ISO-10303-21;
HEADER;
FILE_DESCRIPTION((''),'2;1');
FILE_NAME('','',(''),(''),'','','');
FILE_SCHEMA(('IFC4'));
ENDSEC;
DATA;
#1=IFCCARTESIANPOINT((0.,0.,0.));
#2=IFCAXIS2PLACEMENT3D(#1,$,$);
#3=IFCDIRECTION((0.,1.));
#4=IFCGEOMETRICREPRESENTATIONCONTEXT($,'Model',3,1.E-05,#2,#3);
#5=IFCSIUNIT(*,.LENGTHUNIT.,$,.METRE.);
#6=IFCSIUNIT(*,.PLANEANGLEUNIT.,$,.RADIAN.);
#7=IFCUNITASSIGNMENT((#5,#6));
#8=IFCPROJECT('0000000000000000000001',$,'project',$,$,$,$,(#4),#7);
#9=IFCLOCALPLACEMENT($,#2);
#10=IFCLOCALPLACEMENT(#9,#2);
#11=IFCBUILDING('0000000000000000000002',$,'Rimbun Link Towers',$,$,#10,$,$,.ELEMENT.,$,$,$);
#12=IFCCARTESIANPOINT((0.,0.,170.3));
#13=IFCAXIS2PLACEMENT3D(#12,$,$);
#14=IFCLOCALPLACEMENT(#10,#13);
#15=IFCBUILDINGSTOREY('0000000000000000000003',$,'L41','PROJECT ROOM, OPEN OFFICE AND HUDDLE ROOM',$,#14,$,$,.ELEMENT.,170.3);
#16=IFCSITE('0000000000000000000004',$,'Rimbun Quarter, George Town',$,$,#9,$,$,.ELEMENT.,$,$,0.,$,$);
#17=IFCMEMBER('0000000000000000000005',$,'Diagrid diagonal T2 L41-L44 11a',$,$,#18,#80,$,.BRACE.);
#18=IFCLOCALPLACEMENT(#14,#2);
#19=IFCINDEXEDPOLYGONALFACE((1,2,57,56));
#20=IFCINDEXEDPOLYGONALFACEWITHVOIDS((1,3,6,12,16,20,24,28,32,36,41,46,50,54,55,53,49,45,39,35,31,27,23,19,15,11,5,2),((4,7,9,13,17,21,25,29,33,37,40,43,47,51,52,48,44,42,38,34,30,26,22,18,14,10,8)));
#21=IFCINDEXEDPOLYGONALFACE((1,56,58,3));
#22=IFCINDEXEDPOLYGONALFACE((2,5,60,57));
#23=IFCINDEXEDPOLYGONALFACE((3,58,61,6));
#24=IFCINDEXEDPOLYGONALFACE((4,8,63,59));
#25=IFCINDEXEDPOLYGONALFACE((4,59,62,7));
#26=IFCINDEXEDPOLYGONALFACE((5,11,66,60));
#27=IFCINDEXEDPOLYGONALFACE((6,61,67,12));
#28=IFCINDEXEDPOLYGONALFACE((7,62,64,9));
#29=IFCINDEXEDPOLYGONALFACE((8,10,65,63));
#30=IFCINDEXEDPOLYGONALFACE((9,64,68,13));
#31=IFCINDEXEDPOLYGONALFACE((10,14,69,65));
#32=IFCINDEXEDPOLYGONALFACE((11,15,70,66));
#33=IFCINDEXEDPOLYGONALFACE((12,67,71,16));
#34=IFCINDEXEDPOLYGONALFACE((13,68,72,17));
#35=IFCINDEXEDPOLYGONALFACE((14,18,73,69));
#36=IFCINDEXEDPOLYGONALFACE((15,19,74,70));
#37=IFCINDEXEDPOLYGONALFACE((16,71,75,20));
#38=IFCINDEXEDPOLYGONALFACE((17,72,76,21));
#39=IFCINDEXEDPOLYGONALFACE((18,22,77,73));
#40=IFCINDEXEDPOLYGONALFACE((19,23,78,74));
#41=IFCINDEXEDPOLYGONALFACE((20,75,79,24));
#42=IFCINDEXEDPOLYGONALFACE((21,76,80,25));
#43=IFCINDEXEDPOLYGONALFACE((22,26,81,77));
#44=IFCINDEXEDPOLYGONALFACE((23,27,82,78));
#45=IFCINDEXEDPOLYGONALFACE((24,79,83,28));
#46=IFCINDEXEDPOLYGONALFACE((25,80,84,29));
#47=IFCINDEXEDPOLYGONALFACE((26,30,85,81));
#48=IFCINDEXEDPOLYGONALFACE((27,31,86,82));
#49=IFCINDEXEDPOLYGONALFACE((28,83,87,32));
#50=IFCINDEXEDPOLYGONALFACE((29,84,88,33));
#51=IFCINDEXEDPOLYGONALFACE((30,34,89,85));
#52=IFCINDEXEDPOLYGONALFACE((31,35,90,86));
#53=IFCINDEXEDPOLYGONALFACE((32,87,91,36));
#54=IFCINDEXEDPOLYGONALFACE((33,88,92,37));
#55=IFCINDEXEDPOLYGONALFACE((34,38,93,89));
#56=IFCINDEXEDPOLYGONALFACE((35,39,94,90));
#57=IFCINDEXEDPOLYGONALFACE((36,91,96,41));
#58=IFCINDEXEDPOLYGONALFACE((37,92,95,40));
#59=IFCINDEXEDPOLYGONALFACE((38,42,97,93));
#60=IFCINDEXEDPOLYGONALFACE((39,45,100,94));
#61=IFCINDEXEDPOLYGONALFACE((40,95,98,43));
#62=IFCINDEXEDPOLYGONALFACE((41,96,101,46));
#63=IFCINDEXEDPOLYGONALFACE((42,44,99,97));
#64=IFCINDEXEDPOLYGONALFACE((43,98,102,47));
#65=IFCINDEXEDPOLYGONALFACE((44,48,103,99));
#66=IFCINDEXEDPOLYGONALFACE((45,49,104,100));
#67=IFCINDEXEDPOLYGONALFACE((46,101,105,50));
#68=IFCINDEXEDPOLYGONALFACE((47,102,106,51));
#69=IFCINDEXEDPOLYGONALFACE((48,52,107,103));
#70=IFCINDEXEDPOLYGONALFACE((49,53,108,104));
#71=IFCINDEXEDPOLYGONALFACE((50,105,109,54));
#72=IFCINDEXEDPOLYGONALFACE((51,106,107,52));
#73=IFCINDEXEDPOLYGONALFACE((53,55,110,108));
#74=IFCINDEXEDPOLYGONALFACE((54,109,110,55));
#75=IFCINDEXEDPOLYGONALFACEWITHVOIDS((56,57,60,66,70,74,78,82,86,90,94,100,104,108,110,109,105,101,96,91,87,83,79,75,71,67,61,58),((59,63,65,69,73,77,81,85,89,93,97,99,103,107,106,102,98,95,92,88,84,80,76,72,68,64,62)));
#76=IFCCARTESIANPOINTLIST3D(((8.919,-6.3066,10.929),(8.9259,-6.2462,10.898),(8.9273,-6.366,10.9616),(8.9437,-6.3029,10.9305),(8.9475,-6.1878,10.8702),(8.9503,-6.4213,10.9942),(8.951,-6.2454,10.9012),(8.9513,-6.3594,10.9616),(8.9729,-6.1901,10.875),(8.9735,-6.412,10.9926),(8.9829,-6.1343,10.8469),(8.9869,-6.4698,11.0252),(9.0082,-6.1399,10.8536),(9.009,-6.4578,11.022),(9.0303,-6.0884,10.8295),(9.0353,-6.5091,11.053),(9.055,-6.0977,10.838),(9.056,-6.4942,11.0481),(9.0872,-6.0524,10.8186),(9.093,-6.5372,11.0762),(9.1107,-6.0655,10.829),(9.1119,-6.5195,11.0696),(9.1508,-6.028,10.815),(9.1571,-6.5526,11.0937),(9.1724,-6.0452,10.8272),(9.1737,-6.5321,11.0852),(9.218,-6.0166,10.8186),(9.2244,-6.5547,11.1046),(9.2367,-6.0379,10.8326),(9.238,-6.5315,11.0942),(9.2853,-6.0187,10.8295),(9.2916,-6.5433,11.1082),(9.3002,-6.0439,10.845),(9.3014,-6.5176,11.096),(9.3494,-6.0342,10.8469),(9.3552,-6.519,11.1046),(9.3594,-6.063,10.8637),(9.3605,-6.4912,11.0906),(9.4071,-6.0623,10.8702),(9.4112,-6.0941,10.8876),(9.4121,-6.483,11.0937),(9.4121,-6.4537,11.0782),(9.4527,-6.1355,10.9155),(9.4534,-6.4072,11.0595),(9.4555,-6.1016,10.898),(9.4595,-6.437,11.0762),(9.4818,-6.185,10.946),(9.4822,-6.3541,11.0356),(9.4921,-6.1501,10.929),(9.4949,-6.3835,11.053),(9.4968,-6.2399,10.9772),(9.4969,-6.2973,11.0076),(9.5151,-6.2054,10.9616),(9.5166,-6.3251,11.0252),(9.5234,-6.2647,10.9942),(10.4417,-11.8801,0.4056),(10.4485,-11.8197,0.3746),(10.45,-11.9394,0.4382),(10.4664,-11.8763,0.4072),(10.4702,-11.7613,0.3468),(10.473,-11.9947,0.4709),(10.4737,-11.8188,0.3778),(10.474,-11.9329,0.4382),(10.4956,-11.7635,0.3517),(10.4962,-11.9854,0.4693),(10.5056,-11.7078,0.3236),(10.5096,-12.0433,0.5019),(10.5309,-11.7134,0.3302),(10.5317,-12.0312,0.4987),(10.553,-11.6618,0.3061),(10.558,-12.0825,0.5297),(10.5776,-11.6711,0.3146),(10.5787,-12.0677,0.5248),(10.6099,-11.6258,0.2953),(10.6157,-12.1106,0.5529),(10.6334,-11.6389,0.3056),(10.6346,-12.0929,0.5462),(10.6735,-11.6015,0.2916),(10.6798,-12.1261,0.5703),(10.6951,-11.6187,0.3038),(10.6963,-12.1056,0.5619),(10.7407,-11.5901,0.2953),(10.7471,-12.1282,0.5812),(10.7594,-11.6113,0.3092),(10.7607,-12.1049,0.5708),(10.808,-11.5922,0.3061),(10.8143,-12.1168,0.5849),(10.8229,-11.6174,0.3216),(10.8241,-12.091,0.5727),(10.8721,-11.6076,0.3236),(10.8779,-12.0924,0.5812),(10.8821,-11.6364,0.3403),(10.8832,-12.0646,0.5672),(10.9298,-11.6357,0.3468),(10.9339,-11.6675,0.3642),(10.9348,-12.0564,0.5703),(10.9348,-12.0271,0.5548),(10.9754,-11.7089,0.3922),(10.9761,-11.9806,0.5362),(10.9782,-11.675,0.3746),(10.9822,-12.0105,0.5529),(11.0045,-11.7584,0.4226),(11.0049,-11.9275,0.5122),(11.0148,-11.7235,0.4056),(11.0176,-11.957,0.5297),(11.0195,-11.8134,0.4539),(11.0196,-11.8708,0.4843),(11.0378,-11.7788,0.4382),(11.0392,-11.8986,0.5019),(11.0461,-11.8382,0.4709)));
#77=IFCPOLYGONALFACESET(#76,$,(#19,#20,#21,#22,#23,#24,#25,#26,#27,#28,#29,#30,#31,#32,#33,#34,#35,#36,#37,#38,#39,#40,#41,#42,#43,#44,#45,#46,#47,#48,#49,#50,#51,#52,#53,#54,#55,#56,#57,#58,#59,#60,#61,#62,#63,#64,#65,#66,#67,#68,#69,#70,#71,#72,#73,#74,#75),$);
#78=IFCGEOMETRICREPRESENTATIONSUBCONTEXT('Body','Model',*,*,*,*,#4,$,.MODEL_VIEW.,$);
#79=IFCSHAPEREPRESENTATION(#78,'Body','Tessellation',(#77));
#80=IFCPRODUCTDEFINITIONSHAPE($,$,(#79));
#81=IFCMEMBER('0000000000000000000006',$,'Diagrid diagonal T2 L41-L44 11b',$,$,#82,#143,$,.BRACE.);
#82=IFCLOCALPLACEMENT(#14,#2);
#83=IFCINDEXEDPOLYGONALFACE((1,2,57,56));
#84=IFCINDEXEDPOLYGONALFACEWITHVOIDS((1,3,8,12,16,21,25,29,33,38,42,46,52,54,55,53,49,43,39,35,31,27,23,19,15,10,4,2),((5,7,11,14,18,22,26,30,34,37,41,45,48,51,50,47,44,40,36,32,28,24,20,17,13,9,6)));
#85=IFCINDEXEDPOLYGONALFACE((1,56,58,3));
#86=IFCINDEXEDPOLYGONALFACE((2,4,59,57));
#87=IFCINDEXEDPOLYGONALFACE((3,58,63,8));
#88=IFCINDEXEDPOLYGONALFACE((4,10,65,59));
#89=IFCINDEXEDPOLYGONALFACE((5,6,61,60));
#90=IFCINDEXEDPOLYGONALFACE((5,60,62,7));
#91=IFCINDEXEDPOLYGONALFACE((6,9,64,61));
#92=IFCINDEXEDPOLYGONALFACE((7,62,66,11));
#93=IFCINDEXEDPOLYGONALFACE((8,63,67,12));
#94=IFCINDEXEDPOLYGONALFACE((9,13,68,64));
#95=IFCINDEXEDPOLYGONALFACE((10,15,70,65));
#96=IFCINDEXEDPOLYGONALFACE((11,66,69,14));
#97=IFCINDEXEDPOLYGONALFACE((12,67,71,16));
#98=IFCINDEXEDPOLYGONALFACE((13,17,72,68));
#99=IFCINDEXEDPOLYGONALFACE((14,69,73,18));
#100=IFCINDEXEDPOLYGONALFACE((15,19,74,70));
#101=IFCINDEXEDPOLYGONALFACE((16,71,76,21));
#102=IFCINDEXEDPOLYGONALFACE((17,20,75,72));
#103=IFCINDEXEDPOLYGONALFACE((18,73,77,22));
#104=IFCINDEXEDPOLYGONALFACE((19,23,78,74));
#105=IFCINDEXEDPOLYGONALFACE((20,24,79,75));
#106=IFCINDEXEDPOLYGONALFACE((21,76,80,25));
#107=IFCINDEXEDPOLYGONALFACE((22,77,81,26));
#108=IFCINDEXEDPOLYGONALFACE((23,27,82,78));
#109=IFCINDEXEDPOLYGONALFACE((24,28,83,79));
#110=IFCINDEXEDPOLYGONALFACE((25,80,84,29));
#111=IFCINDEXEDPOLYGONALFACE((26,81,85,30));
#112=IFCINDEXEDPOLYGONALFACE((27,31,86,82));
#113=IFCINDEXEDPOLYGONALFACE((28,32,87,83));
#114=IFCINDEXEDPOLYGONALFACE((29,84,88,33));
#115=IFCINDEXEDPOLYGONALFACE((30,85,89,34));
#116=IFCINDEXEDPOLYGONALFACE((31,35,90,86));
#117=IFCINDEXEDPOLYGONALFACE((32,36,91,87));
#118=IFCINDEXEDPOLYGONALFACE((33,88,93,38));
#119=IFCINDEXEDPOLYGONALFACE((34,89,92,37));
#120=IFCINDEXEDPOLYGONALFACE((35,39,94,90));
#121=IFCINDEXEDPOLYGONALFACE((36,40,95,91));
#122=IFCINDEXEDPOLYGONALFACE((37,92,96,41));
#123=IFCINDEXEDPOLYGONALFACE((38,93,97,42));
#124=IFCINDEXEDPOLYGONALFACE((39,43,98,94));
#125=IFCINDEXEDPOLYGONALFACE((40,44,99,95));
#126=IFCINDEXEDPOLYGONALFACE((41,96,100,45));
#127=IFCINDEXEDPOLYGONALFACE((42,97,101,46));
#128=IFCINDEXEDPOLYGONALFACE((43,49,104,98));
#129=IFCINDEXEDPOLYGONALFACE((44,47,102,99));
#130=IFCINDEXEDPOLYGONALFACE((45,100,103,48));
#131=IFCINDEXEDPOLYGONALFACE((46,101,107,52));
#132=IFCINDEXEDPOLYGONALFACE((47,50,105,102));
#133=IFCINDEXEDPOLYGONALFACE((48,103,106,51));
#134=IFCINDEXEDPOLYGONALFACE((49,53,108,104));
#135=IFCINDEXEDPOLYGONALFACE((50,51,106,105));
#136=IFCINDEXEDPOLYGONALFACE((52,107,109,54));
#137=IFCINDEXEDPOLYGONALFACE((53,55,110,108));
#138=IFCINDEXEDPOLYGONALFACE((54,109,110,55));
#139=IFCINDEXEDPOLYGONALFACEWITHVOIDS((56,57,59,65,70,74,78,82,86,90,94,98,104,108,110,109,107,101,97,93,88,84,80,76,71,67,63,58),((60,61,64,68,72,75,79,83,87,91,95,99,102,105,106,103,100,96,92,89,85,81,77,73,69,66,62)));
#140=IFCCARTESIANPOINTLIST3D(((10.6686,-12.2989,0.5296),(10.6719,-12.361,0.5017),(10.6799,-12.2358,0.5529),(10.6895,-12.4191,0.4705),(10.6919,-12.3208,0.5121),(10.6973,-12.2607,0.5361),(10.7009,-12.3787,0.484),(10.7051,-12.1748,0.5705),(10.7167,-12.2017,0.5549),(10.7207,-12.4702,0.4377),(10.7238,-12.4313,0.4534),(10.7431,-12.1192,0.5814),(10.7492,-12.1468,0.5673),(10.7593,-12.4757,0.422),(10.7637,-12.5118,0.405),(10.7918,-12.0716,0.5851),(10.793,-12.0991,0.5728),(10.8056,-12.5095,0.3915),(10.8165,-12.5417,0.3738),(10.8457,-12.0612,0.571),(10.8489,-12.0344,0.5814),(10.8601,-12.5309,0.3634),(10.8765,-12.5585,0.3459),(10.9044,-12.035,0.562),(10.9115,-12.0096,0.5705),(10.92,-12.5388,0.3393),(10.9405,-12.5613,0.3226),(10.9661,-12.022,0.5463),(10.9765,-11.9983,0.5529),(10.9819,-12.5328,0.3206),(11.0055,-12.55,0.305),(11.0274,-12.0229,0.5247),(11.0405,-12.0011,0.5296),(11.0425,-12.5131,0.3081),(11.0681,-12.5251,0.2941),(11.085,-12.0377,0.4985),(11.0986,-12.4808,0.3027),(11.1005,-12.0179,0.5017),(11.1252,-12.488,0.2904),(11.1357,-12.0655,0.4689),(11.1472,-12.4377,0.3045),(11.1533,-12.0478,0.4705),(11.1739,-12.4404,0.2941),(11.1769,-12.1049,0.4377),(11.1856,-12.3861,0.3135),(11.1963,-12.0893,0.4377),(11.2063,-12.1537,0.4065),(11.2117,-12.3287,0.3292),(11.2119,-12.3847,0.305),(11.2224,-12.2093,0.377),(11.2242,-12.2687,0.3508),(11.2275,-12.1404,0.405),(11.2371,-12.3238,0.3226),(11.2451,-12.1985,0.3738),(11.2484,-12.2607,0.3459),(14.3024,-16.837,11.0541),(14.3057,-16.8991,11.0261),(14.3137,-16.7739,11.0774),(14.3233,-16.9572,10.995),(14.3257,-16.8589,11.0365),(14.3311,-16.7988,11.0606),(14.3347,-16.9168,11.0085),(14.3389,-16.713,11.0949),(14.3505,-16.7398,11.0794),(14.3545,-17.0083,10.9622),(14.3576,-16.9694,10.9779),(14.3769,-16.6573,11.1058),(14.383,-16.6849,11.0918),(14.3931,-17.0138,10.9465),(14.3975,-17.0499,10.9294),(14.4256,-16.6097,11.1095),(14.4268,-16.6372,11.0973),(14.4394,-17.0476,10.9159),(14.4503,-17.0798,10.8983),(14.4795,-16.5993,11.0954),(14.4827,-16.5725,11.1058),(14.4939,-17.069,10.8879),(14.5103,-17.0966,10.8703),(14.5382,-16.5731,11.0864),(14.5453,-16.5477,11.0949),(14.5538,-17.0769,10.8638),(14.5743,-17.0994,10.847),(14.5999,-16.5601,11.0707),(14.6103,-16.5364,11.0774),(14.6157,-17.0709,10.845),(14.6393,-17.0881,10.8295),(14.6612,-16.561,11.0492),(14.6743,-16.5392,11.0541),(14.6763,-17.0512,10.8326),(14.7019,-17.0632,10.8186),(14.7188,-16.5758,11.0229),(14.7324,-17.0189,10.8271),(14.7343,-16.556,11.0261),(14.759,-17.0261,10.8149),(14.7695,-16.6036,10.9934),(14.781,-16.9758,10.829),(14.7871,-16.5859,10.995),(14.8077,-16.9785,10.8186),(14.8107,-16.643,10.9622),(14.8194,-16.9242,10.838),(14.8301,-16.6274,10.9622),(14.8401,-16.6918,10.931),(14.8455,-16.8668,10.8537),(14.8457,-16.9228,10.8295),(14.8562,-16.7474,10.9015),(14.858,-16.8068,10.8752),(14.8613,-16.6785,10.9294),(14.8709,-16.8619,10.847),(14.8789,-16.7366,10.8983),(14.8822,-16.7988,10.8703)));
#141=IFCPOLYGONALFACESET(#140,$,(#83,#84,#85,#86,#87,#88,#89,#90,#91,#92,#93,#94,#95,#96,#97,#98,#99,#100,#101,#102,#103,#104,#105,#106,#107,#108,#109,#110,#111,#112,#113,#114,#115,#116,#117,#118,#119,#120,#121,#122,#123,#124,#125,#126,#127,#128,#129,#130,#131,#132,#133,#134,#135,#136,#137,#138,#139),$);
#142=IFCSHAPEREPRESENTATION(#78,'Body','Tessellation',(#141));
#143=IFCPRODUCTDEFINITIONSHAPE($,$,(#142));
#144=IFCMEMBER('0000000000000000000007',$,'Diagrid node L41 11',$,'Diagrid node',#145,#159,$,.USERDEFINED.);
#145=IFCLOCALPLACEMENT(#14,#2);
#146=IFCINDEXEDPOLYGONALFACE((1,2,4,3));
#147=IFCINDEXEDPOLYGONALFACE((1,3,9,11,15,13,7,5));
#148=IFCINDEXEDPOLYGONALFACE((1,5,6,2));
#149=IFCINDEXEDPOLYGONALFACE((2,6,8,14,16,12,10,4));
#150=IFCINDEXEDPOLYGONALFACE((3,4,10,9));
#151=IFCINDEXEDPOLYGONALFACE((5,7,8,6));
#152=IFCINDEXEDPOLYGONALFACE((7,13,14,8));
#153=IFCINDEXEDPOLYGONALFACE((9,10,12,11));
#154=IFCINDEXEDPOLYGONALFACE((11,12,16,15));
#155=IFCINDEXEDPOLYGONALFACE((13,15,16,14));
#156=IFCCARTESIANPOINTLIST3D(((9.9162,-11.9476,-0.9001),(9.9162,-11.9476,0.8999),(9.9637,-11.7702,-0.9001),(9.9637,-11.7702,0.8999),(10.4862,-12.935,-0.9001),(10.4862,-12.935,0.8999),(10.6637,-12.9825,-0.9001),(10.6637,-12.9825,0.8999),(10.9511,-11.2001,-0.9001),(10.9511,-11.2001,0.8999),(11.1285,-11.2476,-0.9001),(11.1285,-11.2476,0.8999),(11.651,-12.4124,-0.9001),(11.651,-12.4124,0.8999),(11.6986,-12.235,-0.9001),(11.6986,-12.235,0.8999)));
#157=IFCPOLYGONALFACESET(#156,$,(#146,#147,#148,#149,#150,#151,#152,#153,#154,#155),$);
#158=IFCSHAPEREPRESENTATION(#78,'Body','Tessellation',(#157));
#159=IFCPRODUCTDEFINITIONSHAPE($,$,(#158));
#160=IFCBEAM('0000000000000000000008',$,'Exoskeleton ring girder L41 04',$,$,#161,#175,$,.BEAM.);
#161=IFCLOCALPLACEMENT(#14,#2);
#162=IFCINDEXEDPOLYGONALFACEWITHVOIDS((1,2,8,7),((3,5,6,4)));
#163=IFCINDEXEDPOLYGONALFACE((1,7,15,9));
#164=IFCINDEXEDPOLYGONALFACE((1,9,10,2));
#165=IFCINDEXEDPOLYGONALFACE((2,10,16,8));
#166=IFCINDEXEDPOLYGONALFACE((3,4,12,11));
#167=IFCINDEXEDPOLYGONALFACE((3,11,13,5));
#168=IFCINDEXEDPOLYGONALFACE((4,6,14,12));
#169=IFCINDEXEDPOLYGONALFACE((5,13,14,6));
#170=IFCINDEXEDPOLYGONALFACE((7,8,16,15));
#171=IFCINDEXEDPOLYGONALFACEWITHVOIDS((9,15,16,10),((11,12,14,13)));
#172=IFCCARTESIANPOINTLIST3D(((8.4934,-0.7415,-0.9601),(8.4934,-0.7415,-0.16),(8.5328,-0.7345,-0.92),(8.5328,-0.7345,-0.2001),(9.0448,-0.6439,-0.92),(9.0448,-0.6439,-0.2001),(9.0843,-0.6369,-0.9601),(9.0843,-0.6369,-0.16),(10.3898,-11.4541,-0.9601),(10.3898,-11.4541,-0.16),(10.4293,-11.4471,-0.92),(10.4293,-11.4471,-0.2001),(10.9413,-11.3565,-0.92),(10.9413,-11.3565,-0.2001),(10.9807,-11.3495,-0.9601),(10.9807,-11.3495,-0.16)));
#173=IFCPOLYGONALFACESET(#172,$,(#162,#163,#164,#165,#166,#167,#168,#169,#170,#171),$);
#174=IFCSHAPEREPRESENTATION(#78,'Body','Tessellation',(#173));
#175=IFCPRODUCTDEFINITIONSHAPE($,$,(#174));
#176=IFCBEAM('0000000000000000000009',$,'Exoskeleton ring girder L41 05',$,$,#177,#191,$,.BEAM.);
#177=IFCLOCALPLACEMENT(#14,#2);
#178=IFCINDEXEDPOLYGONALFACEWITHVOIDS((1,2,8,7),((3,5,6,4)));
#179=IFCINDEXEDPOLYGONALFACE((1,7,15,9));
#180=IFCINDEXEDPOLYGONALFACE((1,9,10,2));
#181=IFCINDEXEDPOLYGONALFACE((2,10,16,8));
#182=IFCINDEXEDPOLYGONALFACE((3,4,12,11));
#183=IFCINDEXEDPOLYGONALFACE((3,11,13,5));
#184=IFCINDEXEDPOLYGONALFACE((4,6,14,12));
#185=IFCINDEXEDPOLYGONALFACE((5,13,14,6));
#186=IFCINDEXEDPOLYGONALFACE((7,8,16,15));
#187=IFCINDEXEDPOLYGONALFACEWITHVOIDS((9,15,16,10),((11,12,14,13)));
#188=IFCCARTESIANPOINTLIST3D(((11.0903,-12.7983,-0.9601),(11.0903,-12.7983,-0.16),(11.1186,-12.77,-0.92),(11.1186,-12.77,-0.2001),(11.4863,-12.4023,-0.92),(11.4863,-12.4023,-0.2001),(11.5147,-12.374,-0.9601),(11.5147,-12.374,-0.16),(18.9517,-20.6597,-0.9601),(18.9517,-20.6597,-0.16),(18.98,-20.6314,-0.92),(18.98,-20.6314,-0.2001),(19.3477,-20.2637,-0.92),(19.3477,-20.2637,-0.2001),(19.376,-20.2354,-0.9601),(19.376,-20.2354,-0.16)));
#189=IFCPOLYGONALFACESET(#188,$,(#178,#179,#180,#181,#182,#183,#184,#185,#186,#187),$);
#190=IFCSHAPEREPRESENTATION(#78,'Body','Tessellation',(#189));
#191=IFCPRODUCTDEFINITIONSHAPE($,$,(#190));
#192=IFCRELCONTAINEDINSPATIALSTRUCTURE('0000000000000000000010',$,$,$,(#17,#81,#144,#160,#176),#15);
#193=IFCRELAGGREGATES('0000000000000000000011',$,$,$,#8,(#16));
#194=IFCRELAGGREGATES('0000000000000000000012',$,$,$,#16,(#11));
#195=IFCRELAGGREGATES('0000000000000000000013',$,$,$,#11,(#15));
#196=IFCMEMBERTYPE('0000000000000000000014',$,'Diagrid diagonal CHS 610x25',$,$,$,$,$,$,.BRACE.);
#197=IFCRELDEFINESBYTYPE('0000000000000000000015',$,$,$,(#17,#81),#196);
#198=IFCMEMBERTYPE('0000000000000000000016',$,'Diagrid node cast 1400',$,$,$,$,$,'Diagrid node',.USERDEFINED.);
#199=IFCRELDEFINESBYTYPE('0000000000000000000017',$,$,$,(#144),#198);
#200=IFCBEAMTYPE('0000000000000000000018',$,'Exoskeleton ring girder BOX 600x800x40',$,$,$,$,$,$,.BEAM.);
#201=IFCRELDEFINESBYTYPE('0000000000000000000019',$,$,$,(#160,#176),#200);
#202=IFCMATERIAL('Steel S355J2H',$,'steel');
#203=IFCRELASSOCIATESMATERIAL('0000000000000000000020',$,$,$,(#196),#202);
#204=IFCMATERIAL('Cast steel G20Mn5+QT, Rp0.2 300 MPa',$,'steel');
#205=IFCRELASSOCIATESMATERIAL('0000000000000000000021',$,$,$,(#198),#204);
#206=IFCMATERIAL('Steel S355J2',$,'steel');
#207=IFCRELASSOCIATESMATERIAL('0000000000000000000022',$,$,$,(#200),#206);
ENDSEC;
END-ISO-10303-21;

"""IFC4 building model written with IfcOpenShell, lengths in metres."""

from ifc_helpers import new_model, si_unit, direction, frame, origin, origin_2d, place, context, subcontext, project, spatial, polyline, hollow_rectangle, hollow_circle, outline, extrude, material, material_profile, profile_set, type_object, element, save


model = new_model("IFC4")

# Units and contexts
model_context = context("Model", 3, precision=1e-05, world=origin(), true_north=direction((0.0, 1.0)))
body_context = subcontext(model_context, "Body", "Model", "MODEL_VIEW")
ifc_project = project(units=[si_unit("LENGTHUNIT", "METRE"), si_unit("PLANEANGLEUNIT", "RADIAN")], contexts=[model_context])

# Site, building, storey
site_placement = place(None, origin())
site = spatial("IfcSite", under=ifc_project, at=site_placement, Name="Rimbun Quarter, George Town", CompositionType="ELEMENT", RefElevation=0.0)
building_placement = place(site_placement, origin())
building = spatial("IfcBuilding", under=site, at=building_placement, Name="Rimbun Link Towers", CompositionType="ELEMENT")
storey_placement = place(building_placement, frame((0.0, 0.0, 170.3)))
storey = spatial("IfcBuildingStorey", under=building, at=storey_placement, Name="L41", Description="PROJECT ROOM, OPEN OFFICE AND HUDDLE ROOM", CompositionType="ELEMENT", Elevation=170.3)

# Members
ifc_material_1 = material(Name="Steel S355J2H", Category="steel")
ifc_material_profile_1 = material_profile(ifc_material_1, hollow_circle(Radius=0.3047, WallThickness=0.0249, at=origin_2d()), Name="Diagrid diagonal CHS 610x25")
ifc_profile_set_1 = profile_set([ifc_material_profile_1], Name="Steel S355J2H")
member_type_1 = type_object("IfcMemberType", Name="Diagrid diagonal CHS 610x25", PredefinedType="BRACE", material=ifc_profile_set_1)
member_1_placement = place(storey_placement, frame((10.7439, -11.8591, 0.4382), z_axis=(-0.126837, 0.464256, 0.876572), x_axis=(-0.964647, -0.263546, 0.0)))
element("IfcMember", 1, at=member_1_placement, inside=storey, type_object=member_type_1, Name="Diagrid diagonal T2 L41-L44 11a", PredefinedType="BRACE", context=body_context, shape_type="SweptSolid", body=[
    extrude(hollow_circle(Radius=0.3047, WallThickness=0.0249, at=origin_2d()), origin(), (0.0, 0.0, 1.0), 12.0051),
])
member_2_placement = place(storey_placement, frame((10.9585, -12.2798, 0.4377), z_axis=(0.302227, -0.377438, 0.875328), x_axis=(0.78059, 0.625043, 0.0)))
element("IfcMember", 2, at=member_2_placement, inside=storey, type_object=member_type_1, Name="Diagrid diagonal T2 L41-L44 11b", PredefinedType="BRACE", context=body_context, shape_type="SweptSolid", body=[
    extrude(hollow_circle(Radius=0.3047, WallThickness=0.0249, at=origin_2d()), origin(), (0.0, 0.0, 1.0), 12.0234),
])
ifc_material_2 = material(Name="Cast steel G20Mn5+QT, Rp0.2 300 MPa", Category="steel")
ifc_material_profile_2 = material_profile(ifc_material_2, outline(polyline([(0.7, -0.5701), (0.7, 0.5701), (0.5701, 0.7), (-0.5701, 0.7), (-0.7, 0.5701), (-0.7, -0.5701), (-0.5701, -0.7), (0.5701, -0.7), (0.7, -0.5701)])), Name="NODE 1400x1400")
ifc_profile_set_2 = profile_set([ifc_material_profile_2], Name="Cast steel G20Mn5+QT, Rp0.2 300 MPa")
member_type_2 = type_object("IfcMemberType", Name="Diagrid node cast 1400", ElementType="Diagrid node", PredefinedType="USERDEFINED", material=ifc_profile_set_2)
member_3_placement = place(storey_placement, frame((10.8074, -12.0913, -0.9001), z_axis=(0.0, 0.0, 1.0), x_axis=(-0.866025, -0.5, 0.0)))
element("IfcMember", 3, at=member_3_placement, inside=storey, type_object=member_type_2, Name="Diagrid node L41 11", ObjectType="Diagrid node", PredefinedType="USERDEFINED", context=body_context, shape_type="SweptSolid", body=[
    extrude(outline(polyline([(0.7, -0.5701), (0.7, 0.5701), (0.5701, 0.7), (-0.5701, 0.7), (-0.7, 0.5701), (-0.7, -0.5701), (-0.5701, -0.7), (0.5701, -0.7), (0.7, -0.5701)])), origin(), (0.0, 0.0, 1.0), 1.8),
])

# Beams
ifc_material_3 = material(Name="Steel S355J2", Category="steel")
ifc_material_profile_3 = material_profile(ifc_material_3, hollow_rectangle(XDim=0.6001, YDim=0.8, WallThickness=0.04, at=origin_2d()), Name="Exoskeleton ring girder BOX 600x800x40")
ifc_profile_set_3 = profile_set([ifc_material_profile_3], Name="Steel S355J2")
beam_type_1 = type_object("IfcBeamType", Name="Exoskeleton ring girder BOX 600x800x40", PredefinedType="BEAM", material=ifc_profile_set_3)
beam_1_placement = place(storey_placement, frame((8.7888, -0.6892, -0.5601), z_axis=(0.174322, -0.984689, 0.0), x_axis=(0.984689, 0.174322, 0.0)))
element("IfcBeam", 4, at=beam_1_placement, inside=storey, type_object=beam_type_1, Name="Exoskeleton ring girder L41 04", PredefinedType="BEAM", context=body_context, shape_type="SweptSolid", body=[
    extrude(hollow_rectangle(XDim=0.6001, YDim=0.8, WallThickness=0.04, at=origin_2d()), origin(), (0.0, 0.0, 1.0), 10.8792),
])
beam_2_placement = place(storey_placement, frame((11.3025, -12.5862, -0.5601), z_axis=(0.707107, -0.707107, 0.0), x_axis=(0.707107, 0.707107, 0.0)))
element("IfcBeam", 5, at=beam_2_placement, inside=storey, type_object=beam_type_1, Name="Exoskeleton ring girder L41 05", PredefinedType="BEAM", context=body_context, shape_type="SweptSolid", body=[
    extrude(hollow_rectangle(XDim=0.6001, YDim=0.8, WallThickness=0.04, at=origin_2d()), origin(), (0.0, 0.0, 1.0), 11.1177),
])

save(model, "model.ifc")
